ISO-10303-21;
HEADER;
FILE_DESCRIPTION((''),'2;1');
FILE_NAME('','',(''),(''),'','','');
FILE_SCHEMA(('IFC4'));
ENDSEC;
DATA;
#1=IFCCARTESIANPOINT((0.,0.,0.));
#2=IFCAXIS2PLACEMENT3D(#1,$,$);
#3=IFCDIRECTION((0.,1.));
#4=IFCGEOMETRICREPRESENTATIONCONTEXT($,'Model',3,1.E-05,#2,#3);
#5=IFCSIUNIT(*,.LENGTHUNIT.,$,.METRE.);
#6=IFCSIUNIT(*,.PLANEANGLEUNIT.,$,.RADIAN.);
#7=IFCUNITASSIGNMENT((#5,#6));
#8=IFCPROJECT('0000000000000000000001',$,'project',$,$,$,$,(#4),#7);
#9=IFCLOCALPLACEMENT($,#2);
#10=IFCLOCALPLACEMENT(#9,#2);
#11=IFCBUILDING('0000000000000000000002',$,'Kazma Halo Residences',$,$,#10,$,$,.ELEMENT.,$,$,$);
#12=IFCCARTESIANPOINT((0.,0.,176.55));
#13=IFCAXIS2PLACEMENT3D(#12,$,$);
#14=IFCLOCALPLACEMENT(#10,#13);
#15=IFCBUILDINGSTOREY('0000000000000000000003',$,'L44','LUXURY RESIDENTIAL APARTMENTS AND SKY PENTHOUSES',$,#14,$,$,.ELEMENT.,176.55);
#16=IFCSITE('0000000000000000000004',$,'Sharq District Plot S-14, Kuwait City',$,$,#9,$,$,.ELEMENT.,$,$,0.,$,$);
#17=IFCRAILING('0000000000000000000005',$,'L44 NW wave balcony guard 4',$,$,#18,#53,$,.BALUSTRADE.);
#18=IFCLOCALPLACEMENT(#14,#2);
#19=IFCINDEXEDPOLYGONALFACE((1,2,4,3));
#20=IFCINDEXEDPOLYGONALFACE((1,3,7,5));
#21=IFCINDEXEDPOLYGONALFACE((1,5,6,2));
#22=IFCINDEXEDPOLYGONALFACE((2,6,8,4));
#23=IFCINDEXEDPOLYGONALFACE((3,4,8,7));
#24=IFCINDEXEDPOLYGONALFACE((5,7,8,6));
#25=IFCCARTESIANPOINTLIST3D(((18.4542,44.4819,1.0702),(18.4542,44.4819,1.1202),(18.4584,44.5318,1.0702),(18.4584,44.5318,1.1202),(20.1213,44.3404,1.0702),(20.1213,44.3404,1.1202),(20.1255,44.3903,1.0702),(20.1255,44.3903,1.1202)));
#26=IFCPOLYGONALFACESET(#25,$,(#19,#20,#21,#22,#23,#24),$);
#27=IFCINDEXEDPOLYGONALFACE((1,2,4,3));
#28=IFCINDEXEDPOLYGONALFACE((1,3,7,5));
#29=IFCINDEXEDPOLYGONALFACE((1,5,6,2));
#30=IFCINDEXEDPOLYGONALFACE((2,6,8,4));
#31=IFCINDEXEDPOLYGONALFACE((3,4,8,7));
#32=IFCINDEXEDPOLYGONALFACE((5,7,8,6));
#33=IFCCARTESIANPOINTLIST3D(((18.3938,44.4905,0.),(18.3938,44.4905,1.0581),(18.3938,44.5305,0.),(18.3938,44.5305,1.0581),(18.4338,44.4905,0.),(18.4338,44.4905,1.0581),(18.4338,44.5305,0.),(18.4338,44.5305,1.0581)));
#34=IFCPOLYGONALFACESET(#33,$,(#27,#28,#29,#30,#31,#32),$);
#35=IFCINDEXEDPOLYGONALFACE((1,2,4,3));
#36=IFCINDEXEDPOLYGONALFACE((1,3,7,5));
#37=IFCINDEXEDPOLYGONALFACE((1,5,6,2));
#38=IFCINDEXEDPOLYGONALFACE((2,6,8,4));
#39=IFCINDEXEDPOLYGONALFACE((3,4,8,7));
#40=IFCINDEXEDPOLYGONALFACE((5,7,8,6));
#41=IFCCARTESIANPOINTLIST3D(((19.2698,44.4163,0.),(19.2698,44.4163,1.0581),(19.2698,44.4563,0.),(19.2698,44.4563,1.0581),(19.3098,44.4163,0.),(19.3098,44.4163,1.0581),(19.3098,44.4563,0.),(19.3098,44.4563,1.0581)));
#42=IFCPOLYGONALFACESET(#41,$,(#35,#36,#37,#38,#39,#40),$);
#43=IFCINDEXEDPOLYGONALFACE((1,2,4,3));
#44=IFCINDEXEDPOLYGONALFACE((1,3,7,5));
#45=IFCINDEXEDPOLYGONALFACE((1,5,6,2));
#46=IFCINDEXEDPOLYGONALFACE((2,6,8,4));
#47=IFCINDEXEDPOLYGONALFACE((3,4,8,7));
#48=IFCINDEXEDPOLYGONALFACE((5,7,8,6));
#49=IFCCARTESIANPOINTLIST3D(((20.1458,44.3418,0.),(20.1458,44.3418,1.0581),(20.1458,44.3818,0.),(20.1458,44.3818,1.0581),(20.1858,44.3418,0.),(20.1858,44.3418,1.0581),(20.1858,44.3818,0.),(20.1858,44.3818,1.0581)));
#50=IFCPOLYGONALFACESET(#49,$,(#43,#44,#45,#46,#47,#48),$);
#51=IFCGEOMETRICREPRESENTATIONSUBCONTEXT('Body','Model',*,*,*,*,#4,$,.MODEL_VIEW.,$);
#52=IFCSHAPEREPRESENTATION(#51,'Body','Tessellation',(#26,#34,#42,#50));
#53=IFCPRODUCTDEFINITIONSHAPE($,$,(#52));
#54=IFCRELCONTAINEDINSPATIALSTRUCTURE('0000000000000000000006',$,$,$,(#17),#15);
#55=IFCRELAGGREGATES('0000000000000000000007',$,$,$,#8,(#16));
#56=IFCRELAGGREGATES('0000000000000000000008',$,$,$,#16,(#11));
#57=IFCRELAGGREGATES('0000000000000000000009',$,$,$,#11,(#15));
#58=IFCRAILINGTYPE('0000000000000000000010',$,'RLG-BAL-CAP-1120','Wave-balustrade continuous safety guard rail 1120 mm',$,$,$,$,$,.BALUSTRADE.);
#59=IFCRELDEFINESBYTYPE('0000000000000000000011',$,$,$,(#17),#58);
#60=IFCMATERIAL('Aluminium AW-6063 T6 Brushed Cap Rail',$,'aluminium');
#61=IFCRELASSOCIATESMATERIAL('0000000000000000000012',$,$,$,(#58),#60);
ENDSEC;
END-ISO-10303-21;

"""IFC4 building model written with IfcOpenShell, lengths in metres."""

from ifc_helpers import new_model, si_unit, direction, frame, origin, origin_2d, place, context, subcontext, project, spatial, rectangle, extrude, material, type_object, element, save


model = new_model("IFC4")

# Units and contexts
model_context = context("Model", 3, precision=1e-05, world=origin(), true_north=direction((0.0, 1.0)))
body_context = subcontext(model_context, "Body", "Model", "MODEL_VIEW")
ifc_project = project(units=[si_unit("LENGTHUNIT", "METRE"), si_unit("PLANEANGLEUNIT", "RADIAN")], contexts=[model_context])

# Site, building, storey
site_placement = place(None, origin())
site = spatial("IfcSite", under=ifc_project, at=site_placement, Name="Sharq District Plot S-14, Kuwait City", CompositionType="ELEMENT", RefElevation=0.0)
building_placement = place(site_placement, origin())
building = spatial("IfcBuilding", under=site, at=building_placement, Name="Kazma Halo Residences", CompositionType="ELEMENT")
storey_placement = place(building_placement, frame((0.0, 0.0, 176.55)))
storey = spatial("IfcBuildingStorey", under=building, at=storey_placement, Name="L44", Description="LUXURY RESIDENTIAL APARTMENTS AND SKY PENTHOUSES", CompositionType="ELEMENT", Elevation=176.55)

# Railing
ifc_material_1 = material(Name="Aluminium AW-6063 T6 Brushed Cap Rail", Category="aluminium")
railing_type = type_object("IfcRailingType", Name="RLG-BAL-CAP-1120", Description="Wave-balustrade continuous safety guard rail 1120 mm", PredefinedType="BALUSTRADE", material=ifc_material_1)
railing_placement = place(storey_placement, frame((18.4138, 44.5105, 0.0)))
element("IfcRailing", 1, at=railing_placement, inside=storey, type_object=railing_type, Name="L44 NW wave balcony guard 4", PredefinedType="BALUSTRADE", context=body_context, shape_type="SweptSolid", body=[
    extrude(rectangle(XDim=0.05, YDim=0.05, at=origin_2d()), frame((0.0425, -0.0037, 1.0952), z_axis=(0.996418, -0.084562, 0.0), x_axis=(0.084562, 0.996418, 0.0)), (0.0, 0.0, 1.0), 1.6731),
    extrude(rectangle(XDim=0.04, YDim=0.04, at=origin_2d()), origin(), (0.0, 0.0, 1.0), 1.0581),
    extrude(rectangle(XDim=0.04, YDim=0.04, at=origin_2d()), frame((0.876, -0.0742, 0.0)), (0.0, 0.0, 1.0), 1.0581),
    extrude(rectangle(XDim=0.04, YDim=0.04, at=origin_2d()), frame((1.752, -0.1487, 0.0)), (0.0, 0.0, 1.0), 1.0581),
])

save(model, "model.ifc")
